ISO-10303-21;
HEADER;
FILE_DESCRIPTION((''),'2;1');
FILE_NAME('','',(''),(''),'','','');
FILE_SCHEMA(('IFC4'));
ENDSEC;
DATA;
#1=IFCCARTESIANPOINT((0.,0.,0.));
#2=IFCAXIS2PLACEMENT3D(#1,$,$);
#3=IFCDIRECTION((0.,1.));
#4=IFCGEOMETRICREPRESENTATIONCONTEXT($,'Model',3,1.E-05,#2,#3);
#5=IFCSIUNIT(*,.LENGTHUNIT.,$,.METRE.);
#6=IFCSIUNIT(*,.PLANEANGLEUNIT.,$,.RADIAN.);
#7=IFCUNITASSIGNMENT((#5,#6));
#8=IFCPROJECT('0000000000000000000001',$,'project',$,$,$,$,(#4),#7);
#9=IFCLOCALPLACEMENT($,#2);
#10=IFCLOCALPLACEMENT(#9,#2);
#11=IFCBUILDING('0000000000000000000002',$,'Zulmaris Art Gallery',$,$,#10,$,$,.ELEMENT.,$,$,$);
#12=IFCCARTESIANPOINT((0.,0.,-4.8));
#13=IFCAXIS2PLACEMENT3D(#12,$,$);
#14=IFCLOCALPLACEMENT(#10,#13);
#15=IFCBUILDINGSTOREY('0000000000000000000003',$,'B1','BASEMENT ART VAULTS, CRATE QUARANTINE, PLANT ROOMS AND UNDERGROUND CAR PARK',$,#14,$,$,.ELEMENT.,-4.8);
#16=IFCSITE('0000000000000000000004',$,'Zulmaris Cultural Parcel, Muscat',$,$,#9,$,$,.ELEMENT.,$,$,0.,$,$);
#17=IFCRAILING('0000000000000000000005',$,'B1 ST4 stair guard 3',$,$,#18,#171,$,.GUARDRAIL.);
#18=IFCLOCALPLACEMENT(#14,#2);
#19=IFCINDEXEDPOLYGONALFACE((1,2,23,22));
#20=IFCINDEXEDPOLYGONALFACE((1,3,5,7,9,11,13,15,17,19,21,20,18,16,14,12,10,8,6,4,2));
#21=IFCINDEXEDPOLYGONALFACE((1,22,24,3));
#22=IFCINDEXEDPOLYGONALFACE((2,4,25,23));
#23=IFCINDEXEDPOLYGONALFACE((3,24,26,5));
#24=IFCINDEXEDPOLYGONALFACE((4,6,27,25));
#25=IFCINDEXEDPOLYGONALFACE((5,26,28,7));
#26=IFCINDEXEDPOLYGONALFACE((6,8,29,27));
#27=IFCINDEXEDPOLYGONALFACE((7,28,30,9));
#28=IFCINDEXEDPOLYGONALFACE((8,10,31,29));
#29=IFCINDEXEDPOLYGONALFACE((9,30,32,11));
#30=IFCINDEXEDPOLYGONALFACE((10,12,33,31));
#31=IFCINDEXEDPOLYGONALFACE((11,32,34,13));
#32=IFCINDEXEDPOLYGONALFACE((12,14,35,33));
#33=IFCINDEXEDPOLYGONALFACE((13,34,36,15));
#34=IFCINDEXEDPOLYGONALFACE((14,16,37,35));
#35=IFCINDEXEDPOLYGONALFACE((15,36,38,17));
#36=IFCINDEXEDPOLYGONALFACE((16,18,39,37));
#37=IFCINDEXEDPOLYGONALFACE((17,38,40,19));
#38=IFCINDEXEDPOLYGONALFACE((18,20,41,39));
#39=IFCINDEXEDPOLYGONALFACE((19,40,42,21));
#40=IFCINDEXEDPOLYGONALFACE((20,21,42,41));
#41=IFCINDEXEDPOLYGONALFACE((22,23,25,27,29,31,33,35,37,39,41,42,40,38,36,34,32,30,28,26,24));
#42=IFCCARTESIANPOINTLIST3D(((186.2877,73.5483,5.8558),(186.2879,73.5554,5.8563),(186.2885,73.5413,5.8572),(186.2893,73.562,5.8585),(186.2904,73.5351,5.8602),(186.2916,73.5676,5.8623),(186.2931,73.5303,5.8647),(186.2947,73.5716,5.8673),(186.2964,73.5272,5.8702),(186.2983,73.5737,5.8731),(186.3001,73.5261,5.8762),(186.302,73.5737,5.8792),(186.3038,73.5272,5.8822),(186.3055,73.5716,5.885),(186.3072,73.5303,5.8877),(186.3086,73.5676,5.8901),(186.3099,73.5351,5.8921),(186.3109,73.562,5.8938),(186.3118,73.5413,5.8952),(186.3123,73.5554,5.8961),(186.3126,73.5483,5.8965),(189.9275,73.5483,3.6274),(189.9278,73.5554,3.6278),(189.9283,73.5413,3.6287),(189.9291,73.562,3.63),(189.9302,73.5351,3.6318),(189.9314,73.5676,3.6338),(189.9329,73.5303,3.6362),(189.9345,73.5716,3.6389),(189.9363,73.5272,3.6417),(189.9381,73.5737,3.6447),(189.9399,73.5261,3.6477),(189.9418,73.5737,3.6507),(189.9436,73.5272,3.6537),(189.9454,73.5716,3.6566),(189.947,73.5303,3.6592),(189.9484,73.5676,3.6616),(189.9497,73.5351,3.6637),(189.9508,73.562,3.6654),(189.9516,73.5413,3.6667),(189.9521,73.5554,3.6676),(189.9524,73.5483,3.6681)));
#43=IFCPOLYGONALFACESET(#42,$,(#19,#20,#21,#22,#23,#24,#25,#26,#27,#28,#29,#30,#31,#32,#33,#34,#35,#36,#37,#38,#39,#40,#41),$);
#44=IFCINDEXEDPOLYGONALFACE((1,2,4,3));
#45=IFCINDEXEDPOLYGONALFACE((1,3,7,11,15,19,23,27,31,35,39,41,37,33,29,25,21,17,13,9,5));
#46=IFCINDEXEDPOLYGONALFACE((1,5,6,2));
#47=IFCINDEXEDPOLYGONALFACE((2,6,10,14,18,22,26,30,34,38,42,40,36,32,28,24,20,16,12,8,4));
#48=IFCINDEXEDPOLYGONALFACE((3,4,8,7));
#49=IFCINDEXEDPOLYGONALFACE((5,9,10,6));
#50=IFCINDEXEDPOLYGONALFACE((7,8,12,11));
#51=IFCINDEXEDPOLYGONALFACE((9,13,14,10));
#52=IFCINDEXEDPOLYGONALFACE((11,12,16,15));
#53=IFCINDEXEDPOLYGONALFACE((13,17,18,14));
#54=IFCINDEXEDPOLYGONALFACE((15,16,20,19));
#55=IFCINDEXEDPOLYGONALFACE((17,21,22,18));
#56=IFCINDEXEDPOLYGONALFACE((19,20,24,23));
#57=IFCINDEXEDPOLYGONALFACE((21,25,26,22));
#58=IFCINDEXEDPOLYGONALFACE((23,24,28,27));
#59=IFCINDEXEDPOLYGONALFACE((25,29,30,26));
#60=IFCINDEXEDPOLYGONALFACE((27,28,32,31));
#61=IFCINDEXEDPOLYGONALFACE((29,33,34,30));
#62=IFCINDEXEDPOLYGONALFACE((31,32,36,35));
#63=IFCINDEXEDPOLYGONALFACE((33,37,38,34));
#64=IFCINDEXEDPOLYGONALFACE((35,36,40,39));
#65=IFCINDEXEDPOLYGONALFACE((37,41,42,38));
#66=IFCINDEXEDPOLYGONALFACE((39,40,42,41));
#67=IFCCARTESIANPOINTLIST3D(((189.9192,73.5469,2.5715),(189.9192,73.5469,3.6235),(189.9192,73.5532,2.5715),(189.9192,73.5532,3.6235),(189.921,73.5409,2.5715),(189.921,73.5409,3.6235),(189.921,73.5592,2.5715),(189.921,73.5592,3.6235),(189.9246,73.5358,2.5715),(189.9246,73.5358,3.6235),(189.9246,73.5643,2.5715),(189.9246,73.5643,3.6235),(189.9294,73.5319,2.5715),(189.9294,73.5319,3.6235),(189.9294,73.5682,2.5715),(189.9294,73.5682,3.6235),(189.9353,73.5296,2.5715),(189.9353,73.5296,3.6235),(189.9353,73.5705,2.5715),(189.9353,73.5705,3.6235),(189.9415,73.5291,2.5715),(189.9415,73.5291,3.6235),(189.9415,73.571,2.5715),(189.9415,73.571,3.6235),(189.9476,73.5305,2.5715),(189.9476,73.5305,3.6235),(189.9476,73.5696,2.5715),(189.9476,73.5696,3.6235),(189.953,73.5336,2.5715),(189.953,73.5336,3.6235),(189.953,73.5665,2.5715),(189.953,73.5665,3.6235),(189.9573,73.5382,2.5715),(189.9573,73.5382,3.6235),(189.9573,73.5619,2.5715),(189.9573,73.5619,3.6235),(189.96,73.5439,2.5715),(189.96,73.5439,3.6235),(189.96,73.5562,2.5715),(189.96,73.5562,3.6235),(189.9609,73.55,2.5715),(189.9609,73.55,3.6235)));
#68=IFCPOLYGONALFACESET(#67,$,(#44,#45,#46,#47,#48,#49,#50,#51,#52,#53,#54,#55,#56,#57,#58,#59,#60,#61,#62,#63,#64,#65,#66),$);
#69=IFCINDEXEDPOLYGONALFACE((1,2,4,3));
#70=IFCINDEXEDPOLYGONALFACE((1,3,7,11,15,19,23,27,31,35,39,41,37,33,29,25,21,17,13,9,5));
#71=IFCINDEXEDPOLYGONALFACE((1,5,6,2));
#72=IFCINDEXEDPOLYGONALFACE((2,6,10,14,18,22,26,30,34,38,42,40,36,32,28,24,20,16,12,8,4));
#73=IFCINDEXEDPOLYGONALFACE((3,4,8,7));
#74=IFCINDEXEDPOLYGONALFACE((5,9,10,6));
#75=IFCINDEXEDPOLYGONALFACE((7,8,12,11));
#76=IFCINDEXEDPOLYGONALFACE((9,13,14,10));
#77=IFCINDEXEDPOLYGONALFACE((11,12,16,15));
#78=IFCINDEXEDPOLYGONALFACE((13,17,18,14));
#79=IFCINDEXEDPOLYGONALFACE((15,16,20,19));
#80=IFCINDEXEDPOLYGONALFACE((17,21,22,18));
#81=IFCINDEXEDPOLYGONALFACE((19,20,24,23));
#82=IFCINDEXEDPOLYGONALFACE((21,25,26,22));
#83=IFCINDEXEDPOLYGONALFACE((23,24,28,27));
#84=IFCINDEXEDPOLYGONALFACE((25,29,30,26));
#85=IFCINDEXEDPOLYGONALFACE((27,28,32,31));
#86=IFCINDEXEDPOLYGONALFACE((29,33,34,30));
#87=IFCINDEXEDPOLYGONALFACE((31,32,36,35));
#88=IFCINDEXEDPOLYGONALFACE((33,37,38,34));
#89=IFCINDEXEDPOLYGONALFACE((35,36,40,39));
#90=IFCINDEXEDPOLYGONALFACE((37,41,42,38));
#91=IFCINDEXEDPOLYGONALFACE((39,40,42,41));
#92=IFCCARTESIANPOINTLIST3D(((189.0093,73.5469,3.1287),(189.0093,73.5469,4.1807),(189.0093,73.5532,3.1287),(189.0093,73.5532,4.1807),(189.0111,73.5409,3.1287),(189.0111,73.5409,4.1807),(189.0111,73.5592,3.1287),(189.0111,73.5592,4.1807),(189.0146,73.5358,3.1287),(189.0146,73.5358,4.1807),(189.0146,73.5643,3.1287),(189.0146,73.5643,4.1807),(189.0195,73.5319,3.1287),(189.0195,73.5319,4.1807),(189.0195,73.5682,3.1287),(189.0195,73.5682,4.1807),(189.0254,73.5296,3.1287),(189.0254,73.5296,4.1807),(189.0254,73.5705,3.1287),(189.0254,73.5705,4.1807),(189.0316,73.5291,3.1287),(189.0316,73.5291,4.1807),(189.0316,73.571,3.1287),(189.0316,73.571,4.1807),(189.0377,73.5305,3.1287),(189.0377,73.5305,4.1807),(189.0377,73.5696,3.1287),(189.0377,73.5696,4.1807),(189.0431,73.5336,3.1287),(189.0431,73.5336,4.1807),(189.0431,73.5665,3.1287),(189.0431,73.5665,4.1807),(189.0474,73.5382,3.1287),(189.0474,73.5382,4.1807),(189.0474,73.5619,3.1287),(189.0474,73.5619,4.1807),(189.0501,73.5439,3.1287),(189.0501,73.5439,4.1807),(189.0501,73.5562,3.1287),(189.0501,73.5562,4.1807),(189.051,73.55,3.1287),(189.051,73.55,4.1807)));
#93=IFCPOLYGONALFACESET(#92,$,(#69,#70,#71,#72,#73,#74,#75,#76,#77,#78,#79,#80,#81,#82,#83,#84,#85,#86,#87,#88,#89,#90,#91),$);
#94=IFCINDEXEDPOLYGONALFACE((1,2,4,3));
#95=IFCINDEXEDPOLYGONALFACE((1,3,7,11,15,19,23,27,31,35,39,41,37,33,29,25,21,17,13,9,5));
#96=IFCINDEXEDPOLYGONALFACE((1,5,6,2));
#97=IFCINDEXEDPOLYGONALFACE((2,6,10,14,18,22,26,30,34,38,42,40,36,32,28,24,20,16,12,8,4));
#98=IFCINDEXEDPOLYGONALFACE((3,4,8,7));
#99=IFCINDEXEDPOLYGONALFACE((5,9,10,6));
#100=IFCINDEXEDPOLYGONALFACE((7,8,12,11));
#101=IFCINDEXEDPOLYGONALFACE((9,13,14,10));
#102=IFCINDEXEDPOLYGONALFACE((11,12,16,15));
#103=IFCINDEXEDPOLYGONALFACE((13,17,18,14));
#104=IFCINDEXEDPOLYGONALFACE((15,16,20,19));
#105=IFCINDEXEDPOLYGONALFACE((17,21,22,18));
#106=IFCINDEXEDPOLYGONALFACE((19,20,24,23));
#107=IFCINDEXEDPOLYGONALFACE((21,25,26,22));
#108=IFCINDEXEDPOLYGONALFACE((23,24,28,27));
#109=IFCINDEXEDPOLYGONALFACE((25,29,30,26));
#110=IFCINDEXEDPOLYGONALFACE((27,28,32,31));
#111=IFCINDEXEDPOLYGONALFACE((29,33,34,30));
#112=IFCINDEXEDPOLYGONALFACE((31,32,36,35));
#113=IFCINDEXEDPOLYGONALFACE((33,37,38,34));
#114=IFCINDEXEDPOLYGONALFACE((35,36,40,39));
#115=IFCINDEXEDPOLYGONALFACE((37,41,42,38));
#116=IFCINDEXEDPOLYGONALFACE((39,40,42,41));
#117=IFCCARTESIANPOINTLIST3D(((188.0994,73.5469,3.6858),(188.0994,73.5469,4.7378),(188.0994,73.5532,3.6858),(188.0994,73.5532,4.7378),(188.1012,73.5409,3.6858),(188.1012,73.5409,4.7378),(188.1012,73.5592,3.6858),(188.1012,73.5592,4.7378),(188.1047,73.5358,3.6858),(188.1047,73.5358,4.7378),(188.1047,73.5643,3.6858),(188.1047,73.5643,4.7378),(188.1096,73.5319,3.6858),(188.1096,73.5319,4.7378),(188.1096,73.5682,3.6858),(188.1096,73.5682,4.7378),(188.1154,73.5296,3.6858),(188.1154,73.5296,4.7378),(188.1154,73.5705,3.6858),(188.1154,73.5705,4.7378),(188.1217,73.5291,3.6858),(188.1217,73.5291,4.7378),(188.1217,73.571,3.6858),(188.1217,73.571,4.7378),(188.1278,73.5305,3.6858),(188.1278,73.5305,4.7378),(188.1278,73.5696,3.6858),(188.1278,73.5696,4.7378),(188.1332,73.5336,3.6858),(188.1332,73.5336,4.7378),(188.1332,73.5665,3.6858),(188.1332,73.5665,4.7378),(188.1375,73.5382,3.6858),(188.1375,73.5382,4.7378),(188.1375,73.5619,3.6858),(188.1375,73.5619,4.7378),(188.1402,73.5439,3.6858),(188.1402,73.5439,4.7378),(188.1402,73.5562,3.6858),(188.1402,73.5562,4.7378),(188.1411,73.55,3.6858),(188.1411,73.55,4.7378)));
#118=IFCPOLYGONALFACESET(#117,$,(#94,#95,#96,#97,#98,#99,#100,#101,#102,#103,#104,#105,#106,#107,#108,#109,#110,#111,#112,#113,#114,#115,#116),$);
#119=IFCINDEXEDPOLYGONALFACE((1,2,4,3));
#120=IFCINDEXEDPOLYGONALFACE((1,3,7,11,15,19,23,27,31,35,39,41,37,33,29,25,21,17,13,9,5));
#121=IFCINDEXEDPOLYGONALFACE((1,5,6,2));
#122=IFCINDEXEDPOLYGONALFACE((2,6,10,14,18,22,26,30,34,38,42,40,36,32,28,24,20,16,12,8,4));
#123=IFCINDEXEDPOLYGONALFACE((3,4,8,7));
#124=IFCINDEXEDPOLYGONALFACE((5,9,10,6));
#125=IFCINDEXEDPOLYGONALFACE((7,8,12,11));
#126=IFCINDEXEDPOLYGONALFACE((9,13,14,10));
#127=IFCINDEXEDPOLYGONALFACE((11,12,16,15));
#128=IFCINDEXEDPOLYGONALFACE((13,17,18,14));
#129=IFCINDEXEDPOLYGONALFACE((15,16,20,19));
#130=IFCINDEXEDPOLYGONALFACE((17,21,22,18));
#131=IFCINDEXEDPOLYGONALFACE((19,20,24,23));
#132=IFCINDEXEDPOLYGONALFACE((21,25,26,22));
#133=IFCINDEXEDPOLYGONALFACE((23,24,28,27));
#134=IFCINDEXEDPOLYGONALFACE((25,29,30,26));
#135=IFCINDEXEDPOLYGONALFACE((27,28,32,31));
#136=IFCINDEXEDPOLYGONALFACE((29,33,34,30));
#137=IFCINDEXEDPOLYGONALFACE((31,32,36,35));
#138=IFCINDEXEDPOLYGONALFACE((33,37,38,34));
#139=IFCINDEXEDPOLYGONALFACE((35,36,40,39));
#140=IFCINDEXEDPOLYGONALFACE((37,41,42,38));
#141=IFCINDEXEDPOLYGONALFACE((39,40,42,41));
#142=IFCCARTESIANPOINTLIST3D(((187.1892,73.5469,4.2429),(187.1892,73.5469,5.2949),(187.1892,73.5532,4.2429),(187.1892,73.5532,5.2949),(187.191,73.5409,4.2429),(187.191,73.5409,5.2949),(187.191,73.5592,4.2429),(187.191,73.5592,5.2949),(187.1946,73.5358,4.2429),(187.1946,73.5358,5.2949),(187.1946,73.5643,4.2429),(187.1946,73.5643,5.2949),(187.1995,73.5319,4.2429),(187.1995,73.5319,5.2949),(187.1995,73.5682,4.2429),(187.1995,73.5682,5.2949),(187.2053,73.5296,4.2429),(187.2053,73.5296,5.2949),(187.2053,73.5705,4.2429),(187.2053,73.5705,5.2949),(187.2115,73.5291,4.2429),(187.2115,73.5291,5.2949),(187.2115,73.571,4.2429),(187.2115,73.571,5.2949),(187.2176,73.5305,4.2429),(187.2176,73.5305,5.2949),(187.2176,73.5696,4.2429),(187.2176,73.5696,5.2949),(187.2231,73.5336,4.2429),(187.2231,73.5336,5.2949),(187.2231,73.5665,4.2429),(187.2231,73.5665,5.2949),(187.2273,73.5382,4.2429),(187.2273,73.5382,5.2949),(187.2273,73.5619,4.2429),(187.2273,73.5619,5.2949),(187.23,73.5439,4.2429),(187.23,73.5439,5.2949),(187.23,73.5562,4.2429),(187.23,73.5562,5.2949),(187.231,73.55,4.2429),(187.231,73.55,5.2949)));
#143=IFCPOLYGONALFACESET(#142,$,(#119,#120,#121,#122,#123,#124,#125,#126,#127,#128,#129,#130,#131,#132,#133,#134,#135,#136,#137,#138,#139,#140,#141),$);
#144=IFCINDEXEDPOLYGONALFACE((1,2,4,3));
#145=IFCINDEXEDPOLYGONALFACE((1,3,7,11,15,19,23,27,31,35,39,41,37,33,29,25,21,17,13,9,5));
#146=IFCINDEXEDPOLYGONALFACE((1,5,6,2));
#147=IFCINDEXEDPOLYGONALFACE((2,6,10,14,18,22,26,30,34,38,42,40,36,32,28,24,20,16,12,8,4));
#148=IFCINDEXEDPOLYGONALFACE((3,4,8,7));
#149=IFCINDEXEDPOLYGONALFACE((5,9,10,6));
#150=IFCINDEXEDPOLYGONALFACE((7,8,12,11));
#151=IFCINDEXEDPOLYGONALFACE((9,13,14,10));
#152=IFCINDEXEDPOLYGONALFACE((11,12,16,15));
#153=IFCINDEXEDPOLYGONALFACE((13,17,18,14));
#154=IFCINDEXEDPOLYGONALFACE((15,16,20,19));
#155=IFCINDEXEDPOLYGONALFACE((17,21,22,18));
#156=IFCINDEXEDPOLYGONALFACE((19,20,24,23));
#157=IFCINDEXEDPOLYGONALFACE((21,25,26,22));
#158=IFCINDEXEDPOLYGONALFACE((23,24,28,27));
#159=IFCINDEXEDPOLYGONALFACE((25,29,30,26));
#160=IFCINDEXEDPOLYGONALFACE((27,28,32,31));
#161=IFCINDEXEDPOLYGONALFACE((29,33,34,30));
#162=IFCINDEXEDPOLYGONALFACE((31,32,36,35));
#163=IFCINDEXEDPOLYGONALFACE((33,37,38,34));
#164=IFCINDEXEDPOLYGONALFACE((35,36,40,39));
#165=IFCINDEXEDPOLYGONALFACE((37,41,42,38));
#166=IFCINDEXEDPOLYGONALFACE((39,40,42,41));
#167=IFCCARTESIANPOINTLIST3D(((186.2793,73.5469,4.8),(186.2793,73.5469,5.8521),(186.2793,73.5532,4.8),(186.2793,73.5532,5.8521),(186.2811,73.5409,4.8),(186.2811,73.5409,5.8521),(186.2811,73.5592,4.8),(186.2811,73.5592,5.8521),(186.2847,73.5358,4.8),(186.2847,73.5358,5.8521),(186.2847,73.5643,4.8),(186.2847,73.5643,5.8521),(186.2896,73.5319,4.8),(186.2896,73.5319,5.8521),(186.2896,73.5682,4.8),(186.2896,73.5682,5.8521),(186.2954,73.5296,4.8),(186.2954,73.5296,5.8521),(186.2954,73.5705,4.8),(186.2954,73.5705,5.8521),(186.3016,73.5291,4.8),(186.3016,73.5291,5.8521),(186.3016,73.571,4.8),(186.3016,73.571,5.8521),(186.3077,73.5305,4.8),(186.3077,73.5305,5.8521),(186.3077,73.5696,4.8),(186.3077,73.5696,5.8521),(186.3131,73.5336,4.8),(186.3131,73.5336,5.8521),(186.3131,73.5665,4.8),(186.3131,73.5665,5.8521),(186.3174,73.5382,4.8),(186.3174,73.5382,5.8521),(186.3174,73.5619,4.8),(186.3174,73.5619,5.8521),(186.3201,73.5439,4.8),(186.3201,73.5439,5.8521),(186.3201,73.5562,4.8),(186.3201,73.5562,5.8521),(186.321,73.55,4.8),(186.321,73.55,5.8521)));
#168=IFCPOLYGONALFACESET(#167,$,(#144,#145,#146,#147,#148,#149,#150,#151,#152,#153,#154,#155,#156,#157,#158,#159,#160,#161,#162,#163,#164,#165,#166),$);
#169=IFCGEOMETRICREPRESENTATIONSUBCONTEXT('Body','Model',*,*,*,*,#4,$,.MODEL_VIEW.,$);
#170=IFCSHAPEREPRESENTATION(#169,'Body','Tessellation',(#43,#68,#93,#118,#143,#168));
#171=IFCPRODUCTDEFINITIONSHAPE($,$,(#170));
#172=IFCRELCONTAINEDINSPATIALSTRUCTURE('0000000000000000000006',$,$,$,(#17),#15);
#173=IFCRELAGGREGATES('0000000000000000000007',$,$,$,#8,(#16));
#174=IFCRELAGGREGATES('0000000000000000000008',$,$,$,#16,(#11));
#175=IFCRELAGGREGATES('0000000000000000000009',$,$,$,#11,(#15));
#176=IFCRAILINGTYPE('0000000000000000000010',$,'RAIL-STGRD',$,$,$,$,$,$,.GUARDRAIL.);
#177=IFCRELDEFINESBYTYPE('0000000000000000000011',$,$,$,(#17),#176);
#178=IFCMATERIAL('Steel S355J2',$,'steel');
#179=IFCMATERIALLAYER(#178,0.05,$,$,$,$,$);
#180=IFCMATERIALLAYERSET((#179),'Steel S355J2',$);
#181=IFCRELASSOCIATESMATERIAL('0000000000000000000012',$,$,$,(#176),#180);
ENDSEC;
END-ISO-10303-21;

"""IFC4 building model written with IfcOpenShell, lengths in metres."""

from ifc_helpers import new_model, si_unit, direction, frame, origin, origin_2d, place, context, subcontext, project, spatial, circle, extrude, material, layer, layer_set, type_object, element, save


model = new_model("IFC4")

# Units and contexts
model_context = context("Model", 3, precision=1e-05, world=origin(), true_north=direction((0.0, 1.0)))
body_context = subcontext(model_context, "Body", "Model", "MODEL_VIEW")
ifc_project = project(units=[si_unit("LENGTHUNIT", "METRE"), si_unit("PLANEANGLEUNIT", "RADIAN")], contexts=[model_context])

# Site, building, storey
site_placement = place(None, origin())
site = spatial("IfcSite", under=ifc_project, at=site_placement, Name="Zulmaris Cultural Parcel, Muscat", CompositionType="ELEMENT", RefElevation=0.0)
building_placement = place(site_placement, origin())
building = spatial("IfcBuilding", under=site, at=building_placement, Name="Zulmaris Art Gallery", CompositionType="ELEMENT")
storey_placement = place(building_placement, frame((0.0, 0.0, -4.8)))
storey = spatial("IfcBuildingStorey", under=building, at=storey_placement, Name="B1", Description="BASEMENT ART VAULTS, CRATE QUARANTINE, PLANT ROOMS AND UNDERGROUND CAR PARK", CompositionType="ELEMENT", Elevation=-4.8)

# Railing
ifc_material_1 = material(Name="Steel S355J2", Category="steel")
ifc_layer_1 = layer(ifc_material_1, 0.05)
ifc_layer_set_1 = layer_set([ifc_layer_1], Name="Steel S355J2")
railing_type_1 = type_object("IfcRailingType", Name="RAIL-STGRD", PredefinedType="GUARDRAIL", material=ifc_layer_set_1)
railing_1_placement = place(storey_placement, frame((189.9399, 73.55, 2.5715)))
element("IfcRailing", 1, at=railing_1_placement, inside=storey, type_object=railing_type_1, Name="B1 ST4 stair guard 3", PredefinedType="GUARDRAIL", context=body_context, shape_type="SweptSolid", body=[
    extrude(circle(Radius=0.0239, at=origin_2d()), frame((0.0, 0.0, 1.0762), z_axis=(-0.85285, 0.0, 0.522156), x_axis=(0.0, -1.0, 0.0)), (0.0, 0.0, 1.0), 4.2678),
    extrude(circle(Radius=0.021, at=origin_2d()), origin(), (0.0, 0.0, 1.0), 1.052),
    extrude(circle(Radius=0.021, at=origin_2d()), frame((-0.9099, 0.0, 0.5571)), (0.0, 0.0, 1.0), 1.052),
    extrude(circle(Radius=0.021, at=origin_2d()), frame((-1.8198, 0.0, 1.1143)), (0.0, 0.0, 1.0), 1.052),
    extrude(circle(Radius=0.021, at=origin_2d()), frame((-2.73, 0.0, 1.6714)), (0.0, 0.0, 1.0), 1.052),
    extrude(circle(Radius=0.021, at=origin_2d()), frame((-3.6399, 0.0, 2.2285)), (0.0, 0.0, 1.0), 1.052),
])

save(model, "model.ifc")
